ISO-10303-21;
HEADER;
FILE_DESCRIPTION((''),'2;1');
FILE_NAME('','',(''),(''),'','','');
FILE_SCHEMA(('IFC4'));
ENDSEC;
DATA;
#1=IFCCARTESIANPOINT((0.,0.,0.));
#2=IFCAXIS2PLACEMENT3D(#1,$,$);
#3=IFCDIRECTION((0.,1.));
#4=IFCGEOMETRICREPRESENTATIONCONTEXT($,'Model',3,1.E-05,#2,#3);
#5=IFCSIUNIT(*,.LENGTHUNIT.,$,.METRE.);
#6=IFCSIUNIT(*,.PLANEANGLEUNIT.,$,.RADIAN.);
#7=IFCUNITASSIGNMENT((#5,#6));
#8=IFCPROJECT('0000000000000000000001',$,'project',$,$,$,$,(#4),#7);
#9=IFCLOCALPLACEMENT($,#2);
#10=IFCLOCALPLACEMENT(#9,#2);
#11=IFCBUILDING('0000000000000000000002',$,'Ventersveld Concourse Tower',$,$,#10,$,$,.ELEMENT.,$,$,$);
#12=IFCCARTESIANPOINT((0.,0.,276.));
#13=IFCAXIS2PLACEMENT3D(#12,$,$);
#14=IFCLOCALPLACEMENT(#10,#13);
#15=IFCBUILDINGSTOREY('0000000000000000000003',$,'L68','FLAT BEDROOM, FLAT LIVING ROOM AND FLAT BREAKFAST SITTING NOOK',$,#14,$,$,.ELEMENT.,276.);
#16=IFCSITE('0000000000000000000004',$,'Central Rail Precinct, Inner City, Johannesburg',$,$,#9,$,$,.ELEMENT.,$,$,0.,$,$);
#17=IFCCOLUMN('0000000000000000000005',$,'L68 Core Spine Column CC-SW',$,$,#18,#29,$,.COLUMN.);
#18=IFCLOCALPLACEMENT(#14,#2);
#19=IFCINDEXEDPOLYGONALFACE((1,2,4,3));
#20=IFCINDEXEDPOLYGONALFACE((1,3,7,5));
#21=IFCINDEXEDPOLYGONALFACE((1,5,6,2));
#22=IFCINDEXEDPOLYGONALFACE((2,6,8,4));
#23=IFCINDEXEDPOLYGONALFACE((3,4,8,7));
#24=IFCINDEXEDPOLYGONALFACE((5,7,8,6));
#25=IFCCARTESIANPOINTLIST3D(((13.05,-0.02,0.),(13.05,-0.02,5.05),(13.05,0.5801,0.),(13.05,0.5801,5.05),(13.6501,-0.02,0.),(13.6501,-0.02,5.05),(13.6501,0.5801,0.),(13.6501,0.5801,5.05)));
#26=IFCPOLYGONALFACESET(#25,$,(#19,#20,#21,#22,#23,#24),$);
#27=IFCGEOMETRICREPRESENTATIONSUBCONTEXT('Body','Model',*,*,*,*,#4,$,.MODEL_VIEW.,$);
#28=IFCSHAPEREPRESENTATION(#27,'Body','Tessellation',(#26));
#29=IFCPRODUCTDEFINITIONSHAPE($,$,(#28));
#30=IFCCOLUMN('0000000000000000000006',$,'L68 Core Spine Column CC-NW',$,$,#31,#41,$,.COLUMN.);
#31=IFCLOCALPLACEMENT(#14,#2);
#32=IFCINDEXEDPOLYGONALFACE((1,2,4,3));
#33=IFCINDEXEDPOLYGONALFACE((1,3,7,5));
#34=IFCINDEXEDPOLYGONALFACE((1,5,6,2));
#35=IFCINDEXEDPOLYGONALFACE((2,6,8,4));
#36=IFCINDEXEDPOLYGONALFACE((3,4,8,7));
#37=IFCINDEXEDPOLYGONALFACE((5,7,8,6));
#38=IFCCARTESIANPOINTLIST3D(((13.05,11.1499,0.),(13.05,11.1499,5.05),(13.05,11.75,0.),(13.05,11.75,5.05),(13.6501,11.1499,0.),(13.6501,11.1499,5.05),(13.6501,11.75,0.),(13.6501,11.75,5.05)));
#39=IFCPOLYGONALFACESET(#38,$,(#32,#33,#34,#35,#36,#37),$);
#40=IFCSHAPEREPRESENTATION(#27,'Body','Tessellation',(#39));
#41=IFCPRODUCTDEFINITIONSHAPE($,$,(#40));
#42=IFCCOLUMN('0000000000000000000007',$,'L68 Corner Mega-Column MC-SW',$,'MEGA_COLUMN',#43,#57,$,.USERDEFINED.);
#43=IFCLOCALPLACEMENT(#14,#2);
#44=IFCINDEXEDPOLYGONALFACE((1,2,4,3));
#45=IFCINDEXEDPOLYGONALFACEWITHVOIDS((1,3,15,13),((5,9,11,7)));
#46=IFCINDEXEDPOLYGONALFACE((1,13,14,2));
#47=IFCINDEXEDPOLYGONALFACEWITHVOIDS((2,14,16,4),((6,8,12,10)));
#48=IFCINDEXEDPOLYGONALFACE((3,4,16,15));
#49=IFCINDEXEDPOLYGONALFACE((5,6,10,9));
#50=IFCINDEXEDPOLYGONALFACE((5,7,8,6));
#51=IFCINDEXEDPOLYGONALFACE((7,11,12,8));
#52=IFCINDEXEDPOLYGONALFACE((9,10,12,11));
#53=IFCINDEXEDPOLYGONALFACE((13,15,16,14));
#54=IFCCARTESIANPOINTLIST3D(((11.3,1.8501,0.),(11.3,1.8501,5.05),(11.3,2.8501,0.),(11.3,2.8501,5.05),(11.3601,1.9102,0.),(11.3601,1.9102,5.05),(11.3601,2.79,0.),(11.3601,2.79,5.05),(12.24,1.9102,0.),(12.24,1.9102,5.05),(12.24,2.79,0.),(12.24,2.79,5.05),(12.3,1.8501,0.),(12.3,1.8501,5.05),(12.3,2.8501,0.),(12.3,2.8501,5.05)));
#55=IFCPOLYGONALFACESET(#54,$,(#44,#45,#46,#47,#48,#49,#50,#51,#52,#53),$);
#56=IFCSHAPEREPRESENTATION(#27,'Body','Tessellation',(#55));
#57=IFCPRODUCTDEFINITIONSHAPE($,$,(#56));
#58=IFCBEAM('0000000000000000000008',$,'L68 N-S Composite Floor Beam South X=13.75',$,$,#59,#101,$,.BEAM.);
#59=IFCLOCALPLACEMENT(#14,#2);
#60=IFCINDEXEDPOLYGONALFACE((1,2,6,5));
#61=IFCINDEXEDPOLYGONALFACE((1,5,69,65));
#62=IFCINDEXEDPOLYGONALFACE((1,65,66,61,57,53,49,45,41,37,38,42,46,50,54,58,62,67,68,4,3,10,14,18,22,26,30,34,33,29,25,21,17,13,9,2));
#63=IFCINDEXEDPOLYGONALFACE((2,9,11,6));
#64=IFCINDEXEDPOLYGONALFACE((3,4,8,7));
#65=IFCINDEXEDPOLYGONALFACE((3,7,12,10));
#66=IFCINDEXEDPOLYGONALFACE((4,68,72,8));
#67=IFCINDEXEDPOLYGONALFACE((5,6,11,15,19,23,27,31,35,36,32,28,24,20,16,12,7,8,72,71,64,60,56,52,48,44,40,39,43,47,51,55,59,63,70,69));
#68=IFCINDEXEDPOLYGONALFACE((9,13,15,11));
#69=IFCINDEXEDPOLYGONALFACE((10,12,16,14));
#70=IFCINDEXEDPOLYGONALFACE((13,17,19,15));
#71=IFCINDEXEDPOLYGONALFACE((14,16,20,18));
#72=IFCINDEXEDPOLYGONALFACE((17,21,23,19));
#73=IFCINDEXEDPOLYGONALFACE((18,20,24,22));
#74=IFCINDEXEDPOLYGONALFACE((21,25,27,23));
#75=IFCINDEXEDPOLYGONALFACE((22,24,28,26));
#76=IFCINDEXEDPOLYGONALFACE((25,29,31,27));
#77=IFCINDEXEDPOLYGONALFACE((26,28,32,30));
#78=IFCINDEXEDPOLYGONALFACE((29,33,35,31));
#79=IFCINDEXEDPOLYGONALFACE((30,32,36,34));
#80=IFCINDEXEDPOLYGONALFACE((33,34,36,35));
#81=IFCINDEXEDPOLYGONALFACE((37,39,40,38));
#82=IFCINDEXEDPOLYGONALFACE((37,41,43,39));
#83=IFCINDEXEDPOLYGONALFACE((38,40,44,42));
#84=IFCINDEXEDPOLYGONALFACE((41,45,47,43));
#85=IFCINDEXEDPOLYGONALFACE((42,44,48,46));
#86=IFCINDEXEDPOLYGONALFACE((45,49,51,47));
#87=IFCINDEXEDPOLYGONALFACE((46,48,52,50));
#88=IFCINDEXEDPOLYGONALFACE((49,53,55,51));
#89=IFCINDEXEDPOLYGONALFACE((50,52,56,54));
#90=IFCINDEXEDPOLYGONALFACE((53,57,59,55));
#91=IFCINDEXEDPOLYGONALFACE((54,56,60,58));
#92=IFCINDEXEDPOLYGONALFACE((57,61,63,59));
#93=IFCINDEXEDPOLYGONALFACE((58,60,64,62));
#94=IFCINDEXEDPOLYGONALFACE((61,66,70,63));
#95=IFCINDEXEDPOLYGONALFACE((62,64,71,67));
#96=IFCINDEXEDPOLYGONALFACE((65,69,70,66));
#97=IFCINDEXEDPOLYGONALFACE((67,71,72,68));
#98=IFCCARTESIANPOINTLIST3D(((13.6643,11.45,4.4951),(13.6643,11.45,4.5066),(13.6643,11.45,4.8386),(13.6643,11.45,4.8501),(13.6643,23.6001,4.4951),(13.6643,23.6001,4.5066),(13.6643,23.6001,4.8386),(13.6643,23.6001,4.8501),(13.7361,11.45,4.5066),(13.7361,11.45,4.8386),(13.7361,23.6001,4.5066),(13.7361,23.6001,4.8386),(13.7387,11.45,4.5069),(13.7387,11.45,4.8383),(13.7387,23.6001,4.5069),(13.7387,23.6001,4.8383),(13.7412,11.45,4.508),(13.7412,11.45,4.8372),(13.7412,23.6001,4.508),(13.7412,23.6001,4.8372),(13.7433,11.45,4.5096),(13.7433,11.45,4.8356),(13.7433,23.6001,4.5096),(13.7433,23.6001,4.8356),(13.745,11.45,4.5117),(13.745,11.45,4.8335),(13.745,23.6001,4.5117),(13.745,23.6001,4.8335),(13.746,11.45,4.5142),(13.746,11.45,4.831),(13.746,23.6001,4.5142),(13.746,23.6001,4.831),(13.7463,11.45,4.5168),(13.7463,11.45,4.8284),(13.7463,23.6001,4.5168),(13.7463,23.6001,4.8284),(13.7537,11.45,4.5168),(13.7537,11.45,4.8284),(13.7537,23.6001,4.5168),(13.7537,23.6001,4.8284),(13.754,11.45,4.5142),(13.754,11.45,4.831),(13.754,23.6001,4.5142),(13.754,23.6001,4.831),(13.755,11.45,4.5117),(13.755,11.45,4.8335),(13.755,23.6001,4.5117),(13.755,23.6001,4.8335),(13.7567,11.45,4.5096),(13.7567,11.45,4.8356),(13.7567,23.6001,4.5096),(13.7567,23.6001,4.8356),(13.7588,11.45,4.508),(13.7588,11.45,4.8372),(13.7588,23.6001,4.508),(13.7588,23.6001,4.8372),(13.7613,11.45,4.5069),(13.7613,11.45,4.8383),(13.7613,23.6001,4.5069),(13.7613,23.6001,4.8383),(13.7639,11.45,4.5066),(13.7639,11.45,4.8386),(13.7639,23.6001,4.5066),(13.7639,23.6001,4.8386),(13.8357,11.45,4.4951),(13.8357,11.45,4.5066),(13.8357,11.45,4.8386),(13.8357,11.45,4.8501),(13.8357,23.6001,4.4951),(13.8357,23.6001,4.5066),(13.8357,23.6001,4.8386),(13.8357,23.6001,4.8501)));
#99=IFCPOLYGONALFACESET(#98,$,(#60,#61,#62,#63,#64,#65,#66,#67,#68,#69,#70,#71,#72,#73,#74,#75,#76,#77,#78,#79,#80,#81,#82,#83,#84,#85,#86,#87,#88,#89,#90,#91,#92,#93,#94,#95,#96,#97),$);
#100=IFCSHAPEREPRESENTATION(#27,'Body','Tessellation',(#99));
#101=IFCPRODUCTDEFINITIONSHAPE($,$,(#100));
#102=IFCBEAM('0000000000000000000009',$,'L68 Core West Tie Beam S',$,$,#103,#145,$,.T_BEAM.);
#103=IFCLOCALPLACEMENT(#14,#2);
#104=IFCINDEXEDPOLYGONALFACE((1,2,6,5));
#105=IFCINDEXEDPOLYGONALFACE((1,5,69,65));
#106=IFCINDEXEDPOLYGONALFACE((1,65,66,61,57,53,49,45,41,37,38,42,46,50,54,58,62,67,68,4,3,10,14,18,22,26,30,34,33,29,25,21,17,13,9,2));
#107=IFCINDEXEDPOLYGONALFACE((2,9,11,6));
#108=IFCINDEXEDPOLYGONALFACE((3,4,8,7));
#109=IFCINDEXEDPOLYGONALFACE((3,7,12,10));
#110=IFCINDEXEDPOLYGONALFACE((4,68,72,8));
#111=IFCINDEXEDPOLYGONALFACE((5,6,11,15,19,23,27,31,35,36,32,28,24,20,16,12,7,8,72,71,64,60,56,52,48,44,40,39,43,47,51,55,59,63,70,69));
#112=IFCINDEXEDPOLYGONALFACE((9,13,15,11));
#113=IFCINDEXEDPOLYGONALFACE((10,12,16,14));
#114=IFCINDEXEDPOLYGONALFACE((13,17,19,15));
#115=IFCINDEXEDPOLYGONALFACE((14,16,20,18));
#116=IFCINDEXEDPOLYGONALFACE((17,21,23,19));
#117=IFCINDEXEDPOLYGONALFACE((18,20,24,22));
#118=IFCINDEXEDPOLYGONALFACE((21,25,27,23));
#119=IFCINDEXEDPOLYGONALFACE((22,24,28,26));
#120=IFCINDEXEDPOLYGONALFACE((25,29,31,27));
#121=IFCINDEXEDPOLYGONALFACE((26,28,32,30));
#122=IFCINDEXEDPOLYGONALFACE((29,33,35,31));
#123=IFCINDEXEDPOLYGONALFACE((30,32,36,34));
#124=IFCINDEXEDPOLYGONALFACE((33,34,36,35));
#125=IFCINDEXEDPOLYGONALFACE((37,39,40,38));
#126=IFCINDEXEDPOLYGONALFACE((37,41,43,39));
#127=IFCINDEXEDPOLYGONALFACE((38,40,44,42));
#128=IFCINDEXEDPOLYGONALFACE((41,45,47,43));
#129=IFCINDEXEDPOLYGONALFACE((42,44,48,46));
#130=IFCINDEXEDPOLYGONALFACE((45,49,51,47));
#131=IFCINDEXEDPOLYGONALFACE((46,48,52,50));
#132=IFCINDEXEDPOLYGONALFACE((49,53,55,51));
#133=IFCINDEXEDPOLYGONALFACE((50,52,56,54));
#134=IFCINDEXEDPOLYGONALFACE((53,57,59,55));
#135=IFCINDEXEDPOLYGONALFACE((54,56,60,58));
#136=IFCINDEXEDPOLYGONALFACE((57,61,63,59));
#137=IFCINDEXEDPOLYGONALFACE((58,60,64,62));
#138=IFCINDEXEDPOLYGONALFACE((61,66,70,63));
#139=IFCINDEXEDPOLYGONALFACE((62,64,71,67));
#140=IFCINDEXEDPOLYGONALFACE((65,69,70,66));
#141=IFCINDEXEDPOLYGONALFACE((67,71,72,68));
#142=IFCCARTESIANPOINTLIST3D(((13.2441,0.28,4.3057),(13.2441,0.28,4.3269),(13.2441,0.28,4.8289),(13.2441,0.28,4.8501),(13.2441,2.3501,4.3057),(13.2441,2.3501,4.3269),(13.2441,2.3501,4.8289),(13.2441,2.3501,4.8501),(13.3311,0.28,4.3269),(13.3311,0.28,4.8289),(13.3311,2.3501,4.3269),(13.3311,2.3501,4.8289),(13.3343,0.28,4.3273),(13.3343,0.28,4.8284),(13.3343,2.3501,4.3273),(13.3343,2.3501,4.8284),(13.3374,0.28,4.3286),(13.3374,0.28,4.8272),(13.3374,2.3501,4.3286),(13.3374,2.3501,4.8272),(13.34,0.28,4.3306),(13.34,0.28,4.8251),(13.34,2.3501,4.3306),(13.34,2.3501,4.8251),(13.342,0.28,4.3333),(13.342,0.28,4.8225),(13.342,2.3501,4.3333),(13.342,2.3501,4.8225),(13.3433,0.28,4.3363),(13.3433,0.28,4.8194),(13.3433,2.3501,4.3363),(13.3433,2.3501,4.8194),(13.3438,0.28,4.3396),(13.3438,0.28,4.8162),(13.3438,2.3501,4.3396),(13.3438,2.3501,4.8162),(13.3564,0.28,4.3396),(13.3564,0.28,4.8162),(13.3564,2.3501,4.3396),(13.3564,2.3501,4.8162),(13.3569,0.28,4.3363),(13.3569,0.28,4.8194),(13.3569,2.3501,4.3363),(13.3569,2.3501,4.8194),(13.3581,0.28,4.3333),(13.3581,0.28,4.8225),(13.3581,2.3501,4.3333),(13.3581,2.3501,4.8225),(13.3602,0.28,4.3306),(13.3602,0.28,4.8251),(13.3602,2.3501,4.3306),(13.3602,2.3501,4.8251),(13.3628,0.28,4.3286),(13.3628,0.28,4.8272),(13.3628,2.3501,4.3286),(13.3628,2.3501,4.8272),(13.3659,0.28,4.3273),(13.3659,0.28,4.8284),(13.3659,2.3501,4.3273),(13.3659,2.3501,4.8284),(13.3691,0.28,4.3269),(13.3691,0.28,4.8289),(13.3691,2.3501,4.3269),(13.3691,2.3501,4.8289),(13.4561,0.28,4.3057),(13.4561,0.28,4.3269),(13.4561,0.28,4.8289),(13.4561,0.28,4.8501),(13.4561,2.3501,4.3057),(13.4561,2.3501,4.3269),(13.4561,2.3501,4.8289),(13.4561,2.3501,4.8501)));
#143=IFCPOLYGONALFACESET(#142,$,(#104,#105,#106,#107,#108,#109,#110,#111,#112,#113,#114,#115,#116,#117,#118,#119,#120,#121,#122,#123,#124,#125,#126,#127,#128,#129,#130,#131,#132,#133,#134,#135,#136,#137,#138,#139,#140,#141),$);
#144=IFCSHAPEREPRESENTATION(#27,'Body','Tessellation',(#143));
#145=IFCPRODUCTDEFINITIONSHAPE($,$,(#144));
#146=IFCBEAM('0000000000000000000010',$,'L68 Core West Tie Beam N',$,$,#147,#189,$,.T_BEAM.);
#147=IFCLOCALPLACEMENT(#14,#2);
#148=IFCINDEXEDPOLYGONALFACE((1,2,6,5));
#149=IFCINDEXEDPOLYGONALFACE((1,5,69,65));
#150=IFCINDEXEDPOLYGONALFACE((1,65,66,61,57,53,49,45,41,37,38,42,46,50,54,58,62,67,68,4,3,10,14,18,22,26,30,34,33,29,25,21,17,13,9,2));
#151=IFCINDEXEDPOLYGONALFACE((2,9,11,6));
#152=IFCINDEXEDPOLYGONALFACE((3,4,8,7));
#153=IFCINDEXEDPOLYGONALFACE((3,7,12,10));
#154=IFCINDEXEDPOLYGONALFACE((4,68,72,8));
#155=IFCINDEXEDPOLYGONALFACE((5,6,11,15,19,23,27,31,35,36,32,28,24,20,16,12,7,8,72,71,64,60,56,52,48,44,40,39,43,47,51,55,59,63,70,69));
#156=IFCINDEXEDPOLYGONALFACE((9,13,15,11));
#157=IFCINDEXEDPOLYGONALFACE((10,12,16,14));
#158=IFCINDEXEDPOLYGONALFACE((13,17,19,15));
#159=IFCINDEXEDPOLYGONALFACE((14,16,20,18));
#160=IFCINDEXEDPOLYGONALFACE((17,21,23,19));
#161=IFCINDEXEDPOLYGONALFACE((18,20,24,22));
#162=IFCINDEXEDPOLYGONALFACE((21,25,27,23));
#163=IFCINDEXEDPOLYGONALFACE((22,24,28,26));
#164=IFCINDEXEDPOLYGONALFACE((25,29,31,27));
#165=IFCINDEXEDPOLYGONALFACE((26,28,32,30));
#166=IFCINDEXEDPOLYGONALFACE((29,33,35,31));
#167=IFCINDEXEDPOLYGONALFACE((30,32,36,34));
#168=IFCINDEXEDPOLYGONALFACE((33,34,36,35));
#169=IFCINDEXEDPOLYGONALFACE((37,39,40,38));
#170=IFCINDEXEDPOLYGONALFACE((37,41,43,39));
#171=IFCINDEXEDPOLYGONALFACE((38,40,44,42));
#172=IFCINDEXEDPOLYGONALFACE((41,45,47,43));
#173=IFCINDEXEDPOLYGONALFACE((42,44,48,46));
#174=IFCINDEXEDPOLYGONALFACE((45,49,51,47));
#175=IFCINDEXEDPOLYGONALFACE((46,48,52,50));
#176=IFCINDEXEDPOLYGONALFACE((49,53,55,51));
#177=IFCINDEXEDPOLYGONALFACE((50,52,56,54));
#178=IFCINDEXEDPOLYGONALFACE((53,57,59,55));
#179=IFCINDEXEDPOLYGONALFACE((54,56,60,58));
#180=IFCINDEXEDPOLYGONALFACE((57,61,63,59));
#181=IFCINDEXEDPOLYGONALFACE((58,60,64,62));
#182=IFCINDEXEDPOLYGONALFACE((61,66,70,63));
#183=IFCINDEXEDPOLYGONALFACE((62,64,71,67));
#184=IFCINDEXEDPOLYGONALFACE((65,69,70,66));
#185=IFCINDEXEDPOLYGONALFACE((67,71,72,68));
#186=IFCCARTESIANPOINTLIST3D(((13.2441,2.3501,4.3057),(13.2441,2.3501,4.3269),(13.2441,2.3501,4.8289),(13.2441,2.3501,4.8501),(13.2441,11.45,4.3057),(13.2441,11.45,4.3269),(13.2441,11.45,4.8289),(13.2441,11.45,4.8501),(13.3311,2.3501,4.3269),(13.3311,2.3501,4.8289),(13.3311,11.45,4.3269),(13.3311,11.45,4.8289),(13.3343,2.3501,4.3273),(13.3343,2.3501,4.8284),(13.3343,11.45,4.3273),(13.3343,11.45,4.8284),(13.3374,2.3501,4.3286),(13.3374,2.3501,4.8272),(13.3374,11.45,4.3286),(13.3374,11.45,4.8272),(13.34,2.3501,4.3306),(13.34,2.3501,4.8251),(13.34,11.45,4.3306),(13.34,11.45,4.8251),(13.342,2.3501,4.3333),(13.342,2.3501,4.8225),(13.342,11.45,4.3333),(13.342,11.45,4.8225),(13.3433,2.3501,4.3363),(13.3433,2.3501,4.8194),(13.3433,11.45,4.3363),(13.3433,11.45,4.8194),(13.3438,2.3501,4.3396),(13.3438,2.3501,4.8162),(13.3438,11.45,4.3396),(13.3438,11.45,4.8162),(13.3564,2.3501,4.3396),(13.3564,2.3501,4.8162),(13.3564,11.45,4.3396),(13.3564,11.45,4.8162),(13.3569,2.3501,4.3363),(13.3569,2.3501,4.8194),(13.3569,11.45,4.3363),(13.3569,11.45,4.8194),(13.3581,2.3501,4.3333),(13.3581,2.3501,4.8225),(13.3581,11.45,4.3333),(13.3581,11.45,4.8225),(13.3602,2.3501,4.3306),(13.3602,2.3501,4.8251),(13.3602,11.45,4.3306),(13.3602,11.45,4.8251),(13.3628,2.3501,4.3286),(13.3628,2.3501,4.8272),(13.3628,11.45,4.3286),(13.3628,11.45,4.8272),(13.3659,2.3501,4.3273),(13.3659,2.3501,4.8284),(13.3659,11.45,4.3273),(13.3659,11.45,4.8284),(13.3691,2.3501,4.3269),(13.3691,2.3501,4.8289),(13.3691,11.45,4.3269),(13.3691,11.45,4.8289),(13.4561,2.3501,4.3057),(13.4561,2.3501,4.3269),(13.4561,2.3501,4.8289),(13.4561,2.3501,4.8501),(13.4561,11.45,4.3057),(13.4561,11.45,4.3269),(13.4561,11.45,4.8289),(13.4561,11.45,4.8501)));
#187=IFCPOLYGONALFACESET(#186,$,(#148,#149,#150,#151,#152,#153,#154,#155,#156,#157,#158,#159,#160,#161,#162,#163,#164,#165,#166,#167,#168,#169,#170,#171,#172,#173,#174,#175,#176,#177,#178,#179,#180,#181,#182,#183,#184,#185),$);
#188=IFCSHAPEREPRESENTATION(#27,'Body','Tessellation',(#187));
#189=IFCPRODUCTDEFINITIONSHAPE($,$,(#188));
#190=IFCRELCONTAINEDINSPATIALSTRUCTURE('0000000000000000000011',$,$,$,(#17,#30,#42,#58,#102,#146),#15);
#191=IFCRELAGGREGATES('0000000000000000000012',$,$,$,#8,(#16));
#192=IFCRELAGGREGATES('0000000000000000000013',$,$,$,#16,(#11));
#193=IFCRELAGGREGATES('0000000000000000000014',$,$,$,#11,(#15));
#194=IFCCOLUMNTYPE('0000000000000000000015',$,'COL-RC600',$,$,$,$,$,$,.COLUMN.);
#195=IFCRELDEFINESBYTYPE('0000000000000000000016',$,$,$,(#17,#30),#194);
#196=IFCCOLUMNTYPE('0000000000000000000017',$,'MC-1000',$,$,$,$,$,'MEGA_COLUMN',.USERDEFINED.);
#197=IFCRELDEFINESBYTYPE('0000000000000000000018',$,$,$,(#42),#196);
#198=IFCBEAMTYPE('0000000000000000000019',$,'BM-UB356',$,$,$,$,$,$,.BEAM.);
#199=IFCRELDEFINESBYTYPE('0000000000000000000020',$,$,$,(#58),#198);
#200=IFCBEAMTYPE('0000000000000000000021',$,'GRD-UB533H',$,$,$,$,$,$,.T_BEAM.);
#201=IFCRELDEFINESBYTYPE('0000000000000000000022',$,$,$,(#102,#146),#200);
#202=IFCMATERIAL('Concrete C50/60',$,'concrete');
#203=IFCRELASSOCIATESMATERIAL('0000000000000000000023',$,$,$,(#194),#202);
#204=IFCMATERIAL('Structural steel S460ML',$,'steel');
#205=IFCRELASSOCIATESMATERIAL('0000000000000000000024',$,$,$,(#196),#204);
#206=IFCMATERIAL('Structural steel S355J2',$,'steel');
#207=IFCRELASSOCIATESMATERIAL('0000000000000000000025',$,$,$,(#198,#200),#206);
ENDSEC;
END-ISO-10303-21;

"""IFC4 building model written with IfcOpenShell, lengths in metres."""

from ifc_helpers import new_model, si_unit, direction, frame, origin, origin_2d, place, context, subcontext, project, spatial, rectangle, hollow_rectangle, i_section, extrude, material, material_profile, profile_set, type_object, element, save


model = new_model("IFC4")

# Units and contexts
model_context = context("Model", 3, precision=1e-05, world=origin(), true_north=direction((0.0, 1.0)))
body_context = subcontext(model_context, "Body", "Model", "MODEL_VIEW")
ifc_project = project(units=[si_unit("LENGTHUNIT", "METRE"), si_unit("PLANEANGLEUNIT", "RADIAN")], contexts=[model_context])

# Site, building, storey
site_placement = place(None, origin())
site = spatial("IfcSite", under=ifc_project, at=site_placement, Name="Central Rail Precinct, Inner City, Johannesburg", CompositionType="ELEMENT", RefElevation=0.0)
building_placement = place(site_placement, origin())
building = spatial("IfcBuilding", under=site, at=building_placement, Name="Ventersveld Concourse Tower", CompositionType="ELEMENT")
storey_placement = place(building_placement, frame((0.0, 0.0, 276.0)))
storey = spatial("IfcBuildingStorey", under=building, at=storey_placement, Name="L68", Description="FLAT BEDROOM, FLAT LIVING ROOM AND FLAT BREAKFAST SITTING NOOK", CompositionType="ELEMENT", Elevation=276.0)

# Columns
ifc_material_1 = material(Name="Concrete C50/60", Category="concrete")
ifc_material_profile_1 = material_profile(ifc_material_1, rectangle(XDim=0.6001, YDim=0.6001, at=origin_2d()), Name="RC 600x600")
ifc_profile_set_1 = profile_set([ifc_material_profile_1], Name="Concrete C50/60")
column_type_1 = type_object("IfcColumnType", Name="COL-RC600", PredefinedType="COLUMN", material=ifc_profile_set_1)
for number, where, z_axis, x_axis, name in (
    (1, (13.3501, 0.28, 0.0), (0.0, 0.0, 1.0), (1.0, 0.0, 0.0), "L68 Core Spine Column CC-SW"),
    (2, (13.3501, 11.45, 0.0), (0.0, 0.0, 1.0), (1.0, 0.0, 0.0), "L68 Core Spine Column CC-NW"),
):
    element("IfcColumn", number, at=place(storey_placement, frame(where, z_axis=z_axis, x_axis=x_axis)), inside=storey, type_object=column_type_1, Name=name, PredefinedType="COLUMN", context=body_context, shape_type="SweptSolid", body=[
        extrude(rectangle(XDim=0.6001, YDim=0.6001, at=origin_2d()), origin(), (0.0, 0.0, 1.0), 5.05),
    ])
ifc_material_2 = material(Name="Structural steel S460ML", Category="steel")
ifc_material_profile_2 = material_profile(ifc_material_2, hollow_rectangle(XDim=1.0, YDim=1.0, WallThickness=0.0601, at=origin_2d()), Name="BOX 1000x1000x60")
ifc_profile_set_2 = profile_set([ifc_material_profile_2], Name="Structural steel S460ML")
column_type_2 = type_object("IfcColumnType", Name="MC-1000", ElementType="MEGA_COLUMN", PredefinedType="USERDEFINED", material=ifc_profile_set_2)
column_placement = place(storey_placement, frame((11.8, 2.3501, 0.0), z_axis=(0.0, 0.0, 1.0), x_axis=(1.0, 0.0, 0.0)))
element("IfcColumn", 3, at=column_placement, inside=storey, type_object=column_type_2, Name="L68 Corner Mega-Column MC-SW", ObjectType="MEGA_COLUMN", PredefinedType="USERDEFINED", context=body_context, shape_type="SweptSolid", body=[
    extrude(hollow_rectangle(XDim=1.0, YDim=1.0, WallThickness=0.0601, at=origin_2d()), origin(), (0.0, 0.0, 1.0), 5.05),
])

# Beams
ifc_material_3 = material(Name="Structural steel S355J2", Category="steel")
ifc_material_profile_3 = material_profile(ifc_material_3, i_section(OverallWidth=0.1714, OverallDepth=0.355, WebThickness=0.0073, FlangeThickness=0.0115, FilletRadius=0.0103, at=origin_2d()), Name="UB 356x171x51")
ifc_profile_set_3 = profile_set([ifc_material_profile_3], Name="Structural steel S355J2")
beam_type_1 = type_object("IfcBeamType", Name="BM-UB356", PredefinedType="BEAM", material=ifc_profile_set_3)
beam_1_placement = place(storey_placement, frame((13.75, 11.45, 4.6726), z_axis=(0.0, 1.0, 0.0), x_axis=(-1.0, 0.0, 0.0)))
element("IfcBeam", 4, at=beam_1_placement, inside=storey, type_object=beam_type_1, Name="L68 N-S Composite Floor Beam South X=13.75", PredefinedType="BEAM", context=body_context, shape_type="SweptSolid", body=[
    extrude(i_section(OverallWidth=0.1714, OverallDepth=0.355, WebThickness=0.0073, FlangeThickness=0.0115, FilletRadius=0.0103, at=origin_2d()), origin(), (0.0, 0.0, 1.0), 12.1501),
])
ifc_material_profile_4 = material_profile(ifc_material_3, i_section(OverallWidth=0.2119, OverallDepth=0.5444, WebThickness=0.0127, FlangeThickness=0.0212, FilletRadius=0.0127, at=origin_2d()), Name="UB 533x210x122")
ifc_profile_set_4 = profile_set([ifc_material_profile_4], Name="Structural steel S355J2")
beam_type_2 = type_object("IfcBeamType", Name="GRD-UB533H", PredefinedType="T_BEAM", material=ifc_profile_set_4)
beam_2_placement = place(storey_placement, frame((13.3501, 0.28, 4.5779), z_axis=(0.0, 1.0, 0.0), x_axis=(-1.0, 0.0, 0.0)))
element("IfcBeam", 5, at=beam_2_placement, inside=storey, type_object=beam_type_2, Name="L68 Core West Tie Beam S", PredefinedType="T_BEAM", context=body_context, shape_type="SweptSolid", body=[
    extrude(i_section(OverallWidth=0.2119, OverallDepth=0.5444, WebThickness=0.0127, FlangeThickness=0.0212, FilletRadius=0.0127, at=origin_2d()), origin(), (0.0, 0.0, 1.0), 2.0701),
])
beam_3_placement = place(storey_placement, frame((13.3501, 2.3501, 4.5779), z_axis=(0.0, 1.0, 0.0), x_axis=(-1.0, 0.0, 0.0)))
element("IfcBeam", 6, at=beam_3_placement, inside=storey, type_object=beam_type_2, Name="L68 Core West Tie Beam N", PredefinedType="T_BEAM", context=body_context, shape_type="SweptSolid", body=[
    extrude(i_section(OverallWidth=0.2119, OverallDepth=0.5444, WebThickness=0.0127, FlangeThickness=0.0212, FilletRadius=0.0127, at=origin_2d()), origin(), (0.0, 0.0, 1.0), 9.0999),
])

save(model, "model.ifc")
